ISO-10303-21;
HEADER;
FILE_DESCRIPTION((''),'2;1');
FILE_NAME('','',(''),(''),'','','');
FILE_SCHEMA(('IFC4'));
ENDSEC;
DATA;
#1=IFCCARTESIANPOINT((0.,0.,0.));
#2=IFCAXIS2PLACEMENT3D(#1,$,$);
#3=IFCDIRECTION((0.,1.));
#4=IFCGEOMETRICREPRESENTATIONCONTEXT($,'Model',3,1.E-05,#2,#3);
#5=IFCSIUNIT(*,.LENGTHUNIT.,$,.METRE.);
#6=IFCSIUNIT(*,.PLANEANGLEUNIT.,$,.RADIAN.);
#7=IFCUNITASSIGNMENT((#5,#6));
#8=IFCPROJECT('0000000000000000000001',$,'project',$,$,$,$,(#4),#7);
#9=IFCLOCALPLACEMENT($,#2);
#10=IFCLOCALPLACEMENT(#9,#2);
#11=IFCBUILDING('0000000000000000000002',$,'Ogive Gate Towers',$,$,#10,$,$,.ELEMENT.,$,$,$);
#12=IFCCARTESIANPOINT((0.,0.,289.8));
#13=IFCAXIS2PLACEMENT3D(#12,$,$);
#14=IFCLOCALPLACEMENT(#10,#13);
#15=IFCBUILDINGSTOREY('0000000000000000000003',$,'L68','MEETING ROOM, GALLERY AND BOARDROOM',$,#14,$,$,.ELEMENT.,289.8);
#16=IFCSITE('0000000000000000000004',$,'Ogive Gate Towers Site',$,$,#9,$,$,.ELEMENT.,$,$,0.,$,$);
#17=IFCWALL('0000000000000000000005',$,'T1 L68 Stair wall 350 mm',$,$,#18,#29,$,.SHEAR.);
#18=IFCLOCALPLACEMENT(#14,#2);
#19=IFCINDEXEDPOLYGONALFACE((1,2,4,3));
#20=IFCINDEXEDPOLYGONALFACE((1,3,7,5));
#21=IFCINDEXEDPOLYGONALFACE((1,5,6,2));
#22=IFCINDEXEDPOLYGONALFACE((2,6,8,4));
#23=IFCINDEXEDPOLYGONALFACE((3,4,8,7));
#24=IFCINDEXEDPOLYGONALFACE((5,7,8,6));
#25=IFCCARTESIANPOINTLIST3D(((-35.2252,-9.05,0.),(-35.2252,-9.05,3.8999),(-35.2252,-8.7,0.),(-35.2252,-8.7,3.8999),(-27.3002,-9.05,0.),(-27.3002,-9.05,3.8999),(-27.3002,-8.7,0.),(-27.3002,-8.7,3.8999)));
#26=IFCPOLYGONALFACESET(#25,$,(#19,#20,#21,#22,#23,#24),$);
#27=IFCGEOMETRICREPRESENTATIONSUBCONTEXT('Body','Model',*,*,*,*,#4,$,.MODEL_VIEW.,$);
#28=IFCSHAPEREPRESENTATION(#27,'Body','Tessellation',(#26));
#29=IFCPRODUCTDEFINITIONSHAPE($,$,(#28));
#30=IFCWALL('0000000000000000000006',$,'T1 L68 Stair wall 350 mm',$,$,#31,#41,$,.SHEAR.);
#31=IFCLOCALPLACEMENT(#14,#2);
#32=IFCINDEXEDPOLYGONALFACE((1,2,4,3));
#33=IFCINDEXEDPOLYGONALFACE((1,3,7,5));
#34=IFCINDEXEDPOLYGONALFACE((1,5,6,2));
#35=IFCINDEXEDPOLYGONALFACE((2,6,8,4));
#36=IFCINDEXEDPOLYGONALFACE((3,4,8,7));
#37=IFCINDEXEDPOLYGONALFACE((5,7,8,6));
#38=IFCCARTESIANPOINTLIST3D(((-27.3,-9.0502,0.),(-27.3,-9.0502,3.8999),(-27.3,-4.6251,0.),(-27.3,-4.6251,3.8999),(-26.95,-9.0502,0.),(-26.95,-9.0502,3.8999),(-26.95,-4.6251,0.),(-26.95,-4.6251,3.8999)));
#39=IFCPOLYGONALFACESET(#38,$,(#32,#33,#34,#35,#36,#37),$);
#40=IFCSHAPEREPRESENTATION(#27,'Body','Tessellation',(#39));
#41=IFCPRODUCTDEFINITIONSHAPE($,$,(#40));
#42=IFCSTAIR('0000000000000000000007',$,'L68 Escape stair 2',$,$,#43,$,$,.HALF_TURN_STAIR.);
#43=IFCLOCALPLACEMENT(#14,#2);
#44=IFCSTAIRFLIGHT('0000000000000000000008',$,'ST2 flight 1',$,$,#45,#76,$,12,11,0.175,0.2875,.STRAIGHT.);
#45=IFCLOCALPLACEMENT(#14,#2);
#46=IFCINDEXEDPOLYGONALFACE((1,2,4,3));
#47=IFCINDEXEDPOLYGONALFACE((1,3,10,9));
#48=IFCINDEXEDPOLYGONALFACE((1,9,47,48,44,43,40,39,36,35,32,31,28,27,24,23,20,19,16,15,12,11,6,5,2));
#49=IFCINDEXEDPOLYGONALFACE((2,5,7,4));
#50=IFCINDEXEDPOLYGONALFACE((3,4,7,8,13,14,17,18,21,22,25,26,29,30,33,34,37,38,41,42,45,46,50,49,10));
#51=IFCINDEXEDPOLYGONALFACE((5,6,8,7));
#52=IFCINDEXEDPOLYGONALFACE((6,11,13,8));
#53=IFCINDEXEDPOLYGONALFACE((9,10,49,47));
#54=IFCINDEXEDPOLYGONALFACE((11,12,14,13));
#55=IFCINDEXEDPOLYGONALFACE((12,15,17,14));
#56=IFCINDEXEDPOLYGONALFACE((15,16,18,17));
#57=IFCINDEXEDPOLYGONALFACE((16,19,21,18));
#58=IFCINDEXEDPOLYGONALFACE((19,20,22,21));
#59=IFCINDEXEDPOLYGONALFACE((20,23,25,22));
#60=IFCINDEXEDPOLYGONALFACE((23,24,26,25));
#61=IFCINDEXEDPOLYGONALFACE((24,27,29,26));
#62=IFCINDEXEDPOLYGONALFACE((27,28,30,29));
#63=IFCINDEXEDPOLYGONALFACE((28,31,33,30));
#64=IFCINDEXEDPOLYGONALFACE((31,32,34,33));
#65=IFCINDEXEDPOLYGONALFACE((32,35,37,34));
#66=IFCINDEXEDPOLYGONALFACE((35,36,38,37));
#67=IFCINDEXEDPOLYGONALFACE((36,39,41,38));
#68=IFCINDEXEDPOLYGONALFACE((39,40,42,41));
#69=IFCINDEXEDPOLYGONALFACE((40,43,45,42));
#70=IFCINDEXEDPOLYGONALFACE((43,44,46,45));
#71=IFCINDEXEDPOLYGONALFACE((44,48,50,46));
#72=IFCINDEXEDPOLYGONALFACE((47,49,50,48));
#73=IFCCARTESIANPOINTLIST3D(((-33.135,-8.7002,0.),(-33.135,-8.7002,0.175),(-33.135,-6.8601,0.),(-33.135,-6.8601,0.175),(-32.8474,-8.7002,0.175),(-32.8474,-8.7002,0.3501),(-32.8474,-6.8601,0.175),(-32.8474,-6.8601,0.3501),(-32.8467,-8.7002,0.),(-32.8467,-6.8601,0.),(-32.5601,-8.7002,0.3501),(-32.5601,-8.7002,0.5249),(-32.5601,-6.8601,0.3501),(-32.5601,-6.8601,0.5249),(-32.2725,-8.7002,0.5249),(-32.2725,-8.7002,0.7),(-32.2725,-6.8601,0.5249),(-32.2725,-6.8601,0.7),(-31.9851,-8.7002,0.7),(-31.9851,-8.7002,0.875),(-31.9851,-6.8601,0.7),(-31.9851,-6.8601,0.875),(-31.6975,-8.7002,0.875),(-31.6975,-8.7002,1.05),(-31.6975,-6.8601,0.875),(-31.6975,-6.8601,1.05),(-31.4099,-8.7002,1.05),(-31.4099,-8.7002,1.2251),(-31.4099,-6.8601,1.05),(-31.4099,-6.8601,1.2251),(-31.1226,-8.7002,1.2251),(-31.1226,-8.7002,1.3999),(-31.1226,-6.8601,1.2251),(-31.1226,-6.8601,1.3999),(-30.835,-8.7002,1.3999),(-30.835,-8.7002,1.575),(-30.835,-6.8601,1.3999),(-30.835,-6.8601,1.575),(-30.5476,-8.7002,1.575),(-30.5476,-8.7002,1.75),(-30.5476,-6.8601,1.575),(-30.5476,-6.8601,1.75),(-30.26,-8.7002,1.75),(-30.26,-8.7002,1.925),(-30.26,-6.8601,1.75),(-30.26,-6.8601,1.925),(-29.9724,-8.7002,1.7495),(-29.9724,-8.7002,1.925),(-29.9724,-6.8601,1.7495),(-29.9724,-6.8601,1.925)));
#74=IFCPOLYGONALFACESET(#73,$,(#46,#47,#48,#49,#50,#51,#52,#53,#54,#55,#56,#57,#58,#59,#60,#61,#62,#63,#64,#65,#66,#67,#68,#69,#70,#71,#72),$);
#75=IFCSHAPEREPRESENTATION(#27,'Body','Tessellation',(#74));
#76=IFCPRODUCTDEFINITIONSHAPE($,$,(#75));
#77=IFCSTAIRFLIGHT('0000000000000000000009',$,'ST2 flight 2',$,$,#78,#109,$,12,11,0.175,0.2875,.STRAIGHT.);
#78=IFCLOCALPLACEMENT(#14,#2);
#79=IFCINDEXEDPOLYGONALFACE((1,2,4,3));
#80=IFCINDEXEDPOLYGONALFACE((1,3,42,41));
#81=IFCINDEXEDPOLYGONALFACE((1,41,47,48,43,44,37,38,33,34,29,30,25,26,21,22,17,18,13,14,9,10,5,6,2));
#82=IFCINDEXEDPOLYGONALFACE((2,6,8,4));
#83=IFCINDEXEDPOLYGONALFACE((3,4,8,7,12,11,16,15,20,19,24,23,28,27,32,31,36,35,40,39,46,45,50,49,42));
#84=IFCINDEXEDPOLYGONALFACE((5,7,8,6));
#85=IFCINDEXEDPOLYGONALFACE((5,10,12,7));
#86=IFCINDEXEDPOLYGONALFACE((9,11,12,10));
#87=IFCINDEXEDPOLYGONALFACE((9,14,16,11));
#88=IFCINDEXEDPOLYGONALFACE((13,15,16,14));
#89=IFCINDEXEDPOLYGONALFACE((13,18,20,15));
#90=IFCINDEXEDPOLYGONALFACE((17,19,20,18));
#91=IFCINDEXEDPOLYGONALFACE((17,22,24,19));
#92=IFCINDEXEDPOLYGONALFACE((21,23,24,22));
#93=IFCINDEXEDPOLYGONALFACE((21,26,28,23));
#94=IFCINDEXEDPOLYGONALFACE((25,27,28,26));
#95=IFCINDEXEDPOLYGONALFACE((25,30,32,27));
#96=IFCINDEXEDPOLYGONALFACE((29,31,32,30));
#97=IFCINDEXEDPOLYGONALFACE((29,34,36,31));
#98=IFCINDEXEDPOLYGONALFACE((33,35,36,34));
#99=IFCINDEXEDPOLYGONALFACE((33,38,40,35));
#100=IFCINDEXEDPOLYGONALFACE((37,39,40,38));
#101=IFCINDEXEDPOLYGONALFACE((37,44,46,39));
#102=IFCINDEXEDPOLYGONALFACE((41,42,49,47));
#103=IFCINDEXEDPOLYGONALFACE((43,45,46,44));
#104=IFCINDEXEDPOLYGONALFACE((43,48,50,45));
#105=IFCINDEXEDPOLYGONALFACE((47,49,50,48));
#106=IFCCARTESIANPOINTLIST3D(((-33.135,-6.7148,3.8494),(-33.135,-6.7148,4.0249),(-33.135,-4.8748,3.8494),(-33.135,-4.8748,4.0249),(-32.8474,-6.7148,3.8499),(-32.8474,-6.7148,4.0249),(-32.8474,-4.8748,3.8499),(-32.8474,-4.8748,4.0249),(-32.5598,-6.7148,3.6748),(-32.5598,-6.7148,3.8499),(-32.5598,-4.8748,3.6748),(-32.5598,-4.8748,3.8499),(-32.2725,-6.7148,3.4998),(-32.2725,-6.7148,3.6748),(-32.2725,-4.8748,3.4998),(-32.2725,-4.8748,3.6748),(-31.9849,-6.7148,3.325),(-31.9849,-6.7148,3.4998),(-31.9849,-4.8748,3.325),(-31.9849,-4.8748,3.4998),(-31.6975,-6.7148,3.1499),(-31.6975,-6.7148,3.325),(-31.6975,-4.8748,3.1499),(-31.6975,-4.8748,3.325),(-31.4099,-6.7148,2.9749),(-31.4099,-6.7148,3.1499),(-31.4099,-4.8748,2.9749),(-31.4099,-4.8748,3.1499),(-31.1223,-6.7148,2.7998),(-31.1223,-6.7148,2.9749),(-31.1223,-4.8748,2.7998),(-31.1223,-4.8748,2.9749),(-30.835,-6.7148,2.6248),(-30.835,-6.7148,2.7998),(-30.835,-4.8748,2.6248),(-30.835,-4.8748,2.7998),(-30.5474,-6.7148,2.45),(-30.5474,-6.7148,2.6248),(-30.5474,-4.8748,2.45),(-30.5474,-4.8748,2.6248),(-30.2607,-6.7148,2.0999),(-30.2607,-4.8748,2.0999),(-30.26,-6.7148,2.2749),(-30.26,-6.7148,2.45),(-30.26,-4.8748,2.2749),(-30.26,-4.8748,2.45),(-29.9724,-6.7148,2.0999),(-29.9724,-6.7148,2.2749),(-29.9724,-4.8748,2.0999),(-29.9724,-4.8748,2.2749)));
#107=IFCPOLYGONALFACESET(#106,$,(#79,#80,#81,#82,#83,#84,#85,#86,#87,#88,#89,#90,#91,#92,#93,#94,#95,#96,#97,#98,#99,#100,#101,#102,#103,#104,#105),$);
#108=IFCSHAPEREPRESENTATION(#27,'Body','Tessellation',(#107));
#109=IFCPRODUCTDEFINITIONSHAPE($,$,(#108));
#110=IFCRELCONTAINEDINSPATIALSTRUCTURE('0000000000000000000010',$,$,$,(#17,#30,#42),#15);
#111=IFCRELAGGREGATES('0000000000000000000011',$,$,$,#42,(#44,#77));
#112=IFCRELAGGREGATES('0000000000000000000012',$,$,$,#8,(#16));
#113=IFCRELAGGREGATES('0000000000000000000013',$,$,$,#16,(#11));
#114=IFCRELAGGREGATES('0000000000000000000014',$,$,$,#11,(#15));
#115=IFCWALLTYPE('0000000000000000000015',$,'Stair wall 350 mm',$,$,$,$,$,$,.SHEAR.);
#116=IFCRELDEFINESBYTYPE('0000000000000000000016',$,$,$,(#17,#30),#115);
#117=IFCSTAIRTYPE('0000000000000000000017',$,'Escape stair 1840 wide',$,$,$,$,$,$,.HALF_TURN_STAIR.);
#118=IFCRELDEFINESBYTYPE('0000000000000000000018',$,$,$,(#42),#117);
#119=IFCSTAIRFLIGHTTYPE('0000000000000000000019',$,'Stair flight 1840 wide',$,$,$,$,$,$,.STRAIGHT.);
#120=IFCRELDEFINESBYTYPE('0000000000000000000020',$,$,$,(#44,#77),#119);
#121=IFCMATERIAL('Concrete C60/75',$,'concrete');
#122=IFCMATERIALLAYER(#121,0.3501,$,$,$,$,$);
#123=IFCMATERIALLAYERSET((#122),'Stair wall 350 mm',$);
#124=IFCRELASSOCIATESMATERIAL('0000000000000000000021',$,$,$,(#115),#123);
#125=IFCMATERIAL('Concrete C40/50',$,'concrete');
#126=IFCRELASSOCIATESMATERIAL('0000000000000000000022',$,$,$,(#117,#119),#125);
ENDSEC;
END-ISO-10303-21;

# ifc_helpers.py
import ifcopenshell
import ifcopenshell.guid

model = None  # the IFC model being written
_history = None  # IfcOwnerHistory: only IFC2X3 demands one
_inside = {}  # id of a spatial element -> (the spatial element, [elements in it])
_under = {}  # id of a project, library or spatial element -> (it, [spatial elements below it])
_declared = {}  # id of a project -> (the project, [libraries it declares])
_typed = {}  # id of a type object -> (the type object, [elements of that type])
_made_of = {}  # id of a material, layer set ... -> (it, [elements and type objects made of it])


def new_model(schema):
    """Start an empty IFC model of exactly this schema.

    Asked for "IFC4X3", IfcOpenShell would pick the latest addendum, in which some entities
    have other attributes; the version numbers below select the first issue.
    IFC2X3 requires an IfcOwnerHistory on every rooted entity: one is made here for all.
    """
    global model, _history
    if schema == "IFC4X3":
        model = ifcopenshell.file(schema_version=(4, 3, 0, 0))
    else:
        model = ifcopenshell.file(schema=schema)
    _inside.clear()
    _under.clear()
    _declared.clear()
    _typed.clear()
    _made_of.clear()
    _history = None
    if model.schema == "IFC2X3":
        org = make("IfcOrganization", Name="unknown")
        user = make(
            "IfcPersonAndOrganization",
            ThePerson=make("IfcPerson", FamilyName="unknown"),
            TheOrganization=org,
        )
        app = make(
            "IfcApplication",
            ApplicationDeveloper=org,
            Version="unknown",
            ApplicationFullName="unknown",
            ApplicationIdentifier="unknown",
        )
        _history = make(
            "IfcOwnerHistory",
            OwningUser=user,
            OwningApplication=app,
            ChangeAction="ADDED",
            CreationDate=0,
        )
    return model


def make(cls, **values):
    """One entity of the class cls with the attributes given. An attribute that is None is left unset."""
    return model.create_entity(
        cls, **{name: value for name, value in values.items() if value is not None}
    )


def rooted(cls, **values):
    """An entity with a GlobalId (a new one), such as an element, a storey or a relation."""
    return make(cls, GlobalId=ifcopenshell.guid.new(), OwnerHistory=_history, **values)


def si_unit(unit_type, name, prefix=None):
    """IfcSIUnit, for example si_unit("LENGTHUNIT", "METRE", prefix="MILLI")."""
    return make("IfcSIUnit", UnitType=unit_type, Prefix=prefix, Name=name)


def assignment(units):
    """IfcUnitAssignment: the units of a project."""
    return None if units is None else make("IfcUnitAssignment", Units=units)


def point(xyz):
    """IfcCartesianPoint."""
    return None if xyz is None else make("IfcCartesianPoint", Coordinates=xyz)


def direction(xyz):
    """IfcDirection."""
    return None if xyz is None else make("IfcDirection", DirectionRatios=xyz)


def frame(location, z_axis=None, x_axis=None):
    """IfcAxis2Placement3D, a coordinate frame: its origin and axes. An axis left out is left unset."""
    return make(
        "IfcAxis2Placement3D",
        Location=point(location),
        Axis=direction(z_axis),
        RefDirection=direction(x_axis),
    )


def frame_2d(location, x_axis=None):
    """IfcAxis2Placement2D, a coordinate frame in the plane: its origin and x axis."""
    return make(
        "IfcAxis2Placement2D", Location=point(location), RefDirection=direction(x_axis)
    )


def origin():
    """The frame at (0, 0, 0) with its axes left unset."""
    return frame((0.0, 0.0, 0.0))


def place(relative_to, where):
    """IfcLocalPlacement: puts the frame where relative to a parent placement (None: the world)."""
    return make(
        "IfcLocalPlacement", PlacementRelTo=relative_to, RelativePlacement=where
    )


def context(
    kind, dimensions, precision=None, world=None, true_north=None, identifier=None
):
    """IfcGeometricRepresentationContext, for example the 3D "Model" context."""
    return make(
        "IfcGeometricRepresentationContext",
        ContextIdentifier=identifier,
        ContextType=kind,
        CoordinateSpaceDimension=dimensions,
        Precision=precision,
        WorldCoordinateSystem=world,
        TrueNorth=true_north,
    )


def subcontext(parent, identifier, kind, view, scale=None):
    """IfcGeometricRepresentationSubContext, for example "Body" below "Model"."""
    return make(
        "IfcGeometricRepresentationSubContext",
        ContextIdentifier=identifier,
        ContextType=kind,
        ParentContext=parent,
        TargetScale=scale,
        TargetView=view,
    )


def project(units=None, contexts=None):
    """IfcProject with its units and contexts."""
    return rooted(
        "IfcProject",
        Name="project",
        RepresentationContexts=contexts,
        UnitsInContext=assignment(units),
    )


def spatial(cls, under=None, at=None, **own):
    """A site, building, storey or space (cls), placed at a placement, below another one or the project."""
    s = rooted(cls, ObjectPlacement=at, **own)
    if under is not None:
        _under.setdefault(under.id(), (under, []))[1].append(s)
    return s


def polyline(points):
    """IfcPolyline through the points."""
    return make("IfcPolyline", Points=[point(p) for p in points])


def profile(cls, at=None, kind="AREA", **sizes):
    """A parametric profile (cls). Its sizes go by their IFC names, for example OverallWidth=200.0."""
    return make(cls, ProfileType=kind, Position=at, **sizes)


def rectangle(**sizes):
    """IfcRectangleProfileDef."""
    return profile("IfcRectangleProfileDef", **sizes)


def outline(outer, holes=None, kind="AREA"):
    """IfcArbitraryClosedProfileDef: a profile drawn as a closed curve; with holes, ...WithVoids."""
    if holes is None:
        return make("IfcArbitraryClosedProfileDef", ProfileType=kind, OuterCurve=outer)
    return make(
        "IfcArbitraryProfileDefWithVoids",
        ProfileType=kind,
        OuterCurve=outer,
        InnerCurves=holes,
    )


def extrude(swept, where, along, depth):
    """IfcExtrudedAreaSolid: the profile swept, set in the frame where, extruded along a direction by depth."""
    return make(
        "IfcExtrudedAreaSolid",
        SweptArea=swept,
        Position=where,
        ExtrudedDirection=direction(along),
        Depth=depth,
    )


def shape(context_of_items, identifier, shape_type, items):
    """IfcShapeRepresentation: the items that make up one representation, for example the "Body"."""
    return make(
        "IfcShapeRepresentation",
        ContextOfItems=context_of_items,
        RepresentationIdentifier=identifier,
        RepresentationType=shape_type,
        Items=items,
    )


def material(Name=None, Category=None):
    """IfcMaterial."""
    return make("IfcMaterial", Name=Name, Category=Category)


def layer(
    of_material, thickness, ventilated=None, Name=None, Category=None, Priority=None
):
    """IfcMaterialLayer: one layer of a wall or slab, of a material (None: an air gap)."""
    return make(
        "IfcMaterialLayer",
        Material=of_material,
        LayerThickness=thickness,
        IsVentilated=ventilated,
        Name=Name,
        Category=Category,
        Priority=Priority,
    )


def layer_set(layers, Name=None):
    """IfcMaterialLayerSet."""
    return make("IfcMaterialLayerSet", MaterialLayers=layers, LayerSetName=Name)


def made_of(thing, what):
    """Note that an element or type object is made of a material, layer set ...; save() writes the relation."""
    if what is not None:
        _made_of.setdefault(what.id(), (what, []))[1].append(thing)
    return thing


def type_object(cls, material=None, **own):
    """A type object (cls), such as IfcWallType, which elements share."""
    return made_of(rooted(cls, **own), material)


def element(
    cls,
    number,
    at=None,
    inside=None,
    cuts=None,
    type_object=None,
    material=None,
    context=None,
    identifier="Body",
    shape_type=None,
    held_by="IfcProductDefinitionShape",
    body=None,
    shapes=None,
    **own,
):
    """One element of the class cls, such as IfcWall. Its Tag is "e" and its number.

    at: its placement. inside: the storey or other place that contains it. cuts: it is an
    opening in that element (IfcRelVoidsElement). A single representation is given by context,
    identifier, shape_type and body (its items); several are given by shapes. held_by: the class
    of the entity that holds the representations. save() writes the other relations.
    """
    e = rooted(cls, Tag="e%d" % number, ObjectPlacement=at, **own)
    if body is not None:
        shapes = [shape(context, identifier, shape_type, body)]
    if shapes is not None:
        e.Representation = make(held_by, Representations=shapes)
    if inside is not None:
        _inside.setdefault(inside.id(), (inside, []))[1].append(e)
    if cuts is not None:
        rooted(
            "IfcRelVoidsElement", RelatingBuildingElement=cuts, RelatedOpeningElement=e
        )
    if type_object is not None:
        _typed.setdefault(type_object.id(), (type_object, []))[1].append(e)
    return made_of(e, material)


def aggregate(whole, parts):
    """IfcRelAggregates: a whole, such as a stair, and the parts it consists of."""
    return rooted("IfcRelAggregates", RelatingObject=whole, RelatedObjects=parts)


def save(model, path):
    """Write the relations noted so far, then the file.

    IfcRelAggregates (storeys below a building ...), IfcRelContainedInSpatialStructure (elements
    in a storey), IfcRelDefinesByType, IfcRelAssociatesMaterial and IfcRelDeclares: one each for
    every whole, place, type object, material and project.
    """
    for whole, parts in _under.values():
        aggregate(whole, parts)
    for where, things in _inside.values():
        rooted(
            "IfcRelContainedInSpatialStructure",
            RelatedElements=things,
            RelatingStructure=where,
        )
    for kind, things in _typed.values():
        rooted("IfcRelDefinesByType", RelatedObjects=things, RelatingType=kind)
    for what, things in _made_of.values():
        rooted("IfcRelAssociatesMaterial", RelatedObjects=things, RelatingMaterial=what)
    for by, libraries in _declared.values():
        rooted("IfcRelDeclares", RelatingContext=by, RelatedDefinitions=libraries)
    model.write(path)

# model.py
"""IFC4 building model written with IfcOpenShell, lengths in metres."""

from ifc_helpers import new_model, si_unit, direction, frame, frame_2d, origin, place, context, subcontext, project, spatial, polyline, rectangle, outline, extrude, material, layer, layer_set, type_object, element, aggregate, save


model = new_model("IFC4")

# Units and contexts
model_context = context("Model", 3, precision=1e-05, world=origin(), true_north=direction((0.0, 1.0)))
body_context = subcontext(model_context, "Body", "Model", "MODEL_VIEW")
ifc_project = project(units=[si_unit("LENGTHUNIT", "METRE"), si_unit("PLANEANGLEUNIT", "RADIAN")], contexts=[model_context])

# Site, building, storey
site_placement = place(None, origin())
site = spatial("IfcSite", under=ifc_project, at=site_placement, Name="Ogive Gate Towers Site", CompositionType="ELEMENT", RefElevation=0.0)
building_placement = place(site_placement, origin())
building = spatial("IfcBuilding", under=site, at=building_placement, Name="Ogive Gate Towers", CompositionType="ELEMENT")
storey_placement = place(building_placement, frame((0.0, 0.0, 289.8)))
storey = spatial("IfcBuildingStorey", under=building, at=storey_placement, Name="L68", Description="MEETING ROOM, GALLERY AND BOARDROOM", CompositionType="ELEMENT", Elevation=289.8)

# Shared definitions
ifc_material_1 = material(Name="Concrete C60/75", Category="concrete")

# Walls
ifc_layer_1 = layer(ifc_material_1, 0.3501)
ifc_layer_set_1 = layer_set([ifc_layer_1], Name="Stair wall 350 mm")
wall_type_1 = type_object("IfcWallType", Name="Stair wall 350 mm", PredefinedType="SHEAR", material=ifc_layer_set_1)
wall_1_placement = place(storey_placement, frame((-35.2251, -8.875, 0.0), z_axis=(0.0, 0.0, 1.0), x_axis=(1.0, 0.0, 0.0)))
element("IfcWall", 1, at=wall_1_placement, inside=storey, type_object=wall_type_1, Name="T1 L68 Stair wall 350 mm", PredefinedType="SHEAR", context=body_context, shape_type="SweptSolid", body=[
    extrude(rectangle(XDim=7.925, YDim=0.3501, at=frame_2d((3.9624, 0.0))), origin(), (0.0, 0.0, 1.0), 3.8999),
])
wall_2_placement = place(storey_placement, frame((-27.125, -9.05, 0.0), z_axis=(0.0, 0.0, 1.0), x_axis=(0.0, 1.0, 0.0)))
element("IfcWall", 2, at=wall_2_placement, inside=storey, type_object=wall_type_1, Name="T1 L68 Stair wall 350 mm", PredefinedType="SHEAR", context=body_context, shape_type="SweptSolid", body=[
    extrude(rectangle(XDim=4.425, YDim=0.3501, at=frame_2d((2.2124, 0.0))), origin(), (0.0, 0.0, 1.0), 3.8999),
])

# Stair, stair flights
ifc_material_2 = material(Name="Concrete C40/50", Category="concrete")
stair_type = type_object("IfcStairType", Name="Escape stair 1840 wide", PredefinedType="HALF_TURN_STAIR", material=ifc_material_2)
stair_placement = place(storey_placement, origin())
stair = element("IfcStair", 3, at=stair_placement, inside=storey, type_object=stair_type, Name="L68 Escape stair 2", PredefinedType="HALF_TURN_STAIR")
stair_flight_type = type_object("IfcStairFlightType", Name="Stair flight 1840 wide", PredefinedType="STRAIGHT", material=ifc_material_2)
stair_flight_1_placement = place(storey_placement, frame((-33.135, -7.78, 0.0), z_axis=(0.0, 0.0, 1.0), x_axis=(1.0, 0.0, 0.0)))
stair_flight_1 = element("IfcStairFlight", 4, at=stair_flight_1_placement, type_object=stair_flight_type, Name="ST2 flight 1", NumberOfRisers=12, NumberOfTreads=11, PredefinedType="STRAIGHT", RiserHeight=0.175, TreadLength=0.2875, context=body_context, shape_type="SweptSolid", body=[
    extrude(outline(polyline([(0.0, 0.0), (0.0, 0.175), (0.2876, 0.175), (0.2876, 0.3501), (0.575, 0.3501), (0.575, 0.5249), (0.8625, 0.5249), (0.8625, 0.7), (1.1499, 0.7), (1.1499, 0.875), (1.4375, 0.875), (1.4375, 1.05), (1.7251, 1.05), (1.7251, 1.2251), (2.0125, 1.2251), (2.0125, 1.3999), (2.3, 1.3999), (2.3, 1.575), (2.5874, 1.575), (2.5874, 1.75), (2.875, 1.75), (2.875, 1.925), (3.1626, 1.925), (3.1626, 2.1001), (3.1626, 1.7495), (0.2883, 0.0), (0.0, 0.0)])), frame((0.0, 0.9199, 0.0), z_axis=(0.0, -1.0, 0.0), x_axis=(1.0, 0.0, 0.0)), (0.0, 0.0, 1.0), 1.8401),
])
stair_flight_2_placement = place(storey_placement, frame((-29.9724, -5.7949, 2.0999), z_axis=(0.0, 0.0, 1.0), x_axis=(-1.0, 0.0, 0.0)))
stair_flight_2 = element("IfcStairFlight", 5, at=stair_flight_2_placement, type_object=stair_flight_type, Name="ST2 flight 2", NumberOfRisers=12, NumberOfTreads=11, PredefinedType="STRAIGHT", RiserHeight=0.175, TreadLength=0.2875, context=body_context, shape_type="SweptSolid", body=[
    extrude(outline(polyline([(0.0, 0.0), (0.0, 0.175), (0.2876, 0.175), (0.2876, 0.3501), (0.575, 0.3501), (0.575, 0.5249), (0.8625, 0.5249), (0.8625, 0.7), (1.1499, 0.7), (1.1499, 0.875), (1.4375, 0.875), (1.4375, 1.05), (1.7251, 1.05), (1.7251, 1.2251), (2.0125, 1.2251), (2.0125, 1.3999), (2.3, 1.3999), (2.3, 1.575), (2.5874, 1.575), (2.5874, 1.75), (2.875, 1.75), (2.875, 1.925), (3.1626, 1.925), (3.1626, 2.1001), (3.1626, 1.7495), (0.2883, 0.0), (0.0, 0.0)])), frame((0.0, 0.9199, 0.0), z_axis=(0.0, -1.0, 0.0), x_axis=(1.0, 0.0, 0.0)), (0.0, 0.0, 1.0), 1.8401),
])
aggregate(stair, [stair_flight_1, stair_flight_2])

save(model, "model.ifc")
